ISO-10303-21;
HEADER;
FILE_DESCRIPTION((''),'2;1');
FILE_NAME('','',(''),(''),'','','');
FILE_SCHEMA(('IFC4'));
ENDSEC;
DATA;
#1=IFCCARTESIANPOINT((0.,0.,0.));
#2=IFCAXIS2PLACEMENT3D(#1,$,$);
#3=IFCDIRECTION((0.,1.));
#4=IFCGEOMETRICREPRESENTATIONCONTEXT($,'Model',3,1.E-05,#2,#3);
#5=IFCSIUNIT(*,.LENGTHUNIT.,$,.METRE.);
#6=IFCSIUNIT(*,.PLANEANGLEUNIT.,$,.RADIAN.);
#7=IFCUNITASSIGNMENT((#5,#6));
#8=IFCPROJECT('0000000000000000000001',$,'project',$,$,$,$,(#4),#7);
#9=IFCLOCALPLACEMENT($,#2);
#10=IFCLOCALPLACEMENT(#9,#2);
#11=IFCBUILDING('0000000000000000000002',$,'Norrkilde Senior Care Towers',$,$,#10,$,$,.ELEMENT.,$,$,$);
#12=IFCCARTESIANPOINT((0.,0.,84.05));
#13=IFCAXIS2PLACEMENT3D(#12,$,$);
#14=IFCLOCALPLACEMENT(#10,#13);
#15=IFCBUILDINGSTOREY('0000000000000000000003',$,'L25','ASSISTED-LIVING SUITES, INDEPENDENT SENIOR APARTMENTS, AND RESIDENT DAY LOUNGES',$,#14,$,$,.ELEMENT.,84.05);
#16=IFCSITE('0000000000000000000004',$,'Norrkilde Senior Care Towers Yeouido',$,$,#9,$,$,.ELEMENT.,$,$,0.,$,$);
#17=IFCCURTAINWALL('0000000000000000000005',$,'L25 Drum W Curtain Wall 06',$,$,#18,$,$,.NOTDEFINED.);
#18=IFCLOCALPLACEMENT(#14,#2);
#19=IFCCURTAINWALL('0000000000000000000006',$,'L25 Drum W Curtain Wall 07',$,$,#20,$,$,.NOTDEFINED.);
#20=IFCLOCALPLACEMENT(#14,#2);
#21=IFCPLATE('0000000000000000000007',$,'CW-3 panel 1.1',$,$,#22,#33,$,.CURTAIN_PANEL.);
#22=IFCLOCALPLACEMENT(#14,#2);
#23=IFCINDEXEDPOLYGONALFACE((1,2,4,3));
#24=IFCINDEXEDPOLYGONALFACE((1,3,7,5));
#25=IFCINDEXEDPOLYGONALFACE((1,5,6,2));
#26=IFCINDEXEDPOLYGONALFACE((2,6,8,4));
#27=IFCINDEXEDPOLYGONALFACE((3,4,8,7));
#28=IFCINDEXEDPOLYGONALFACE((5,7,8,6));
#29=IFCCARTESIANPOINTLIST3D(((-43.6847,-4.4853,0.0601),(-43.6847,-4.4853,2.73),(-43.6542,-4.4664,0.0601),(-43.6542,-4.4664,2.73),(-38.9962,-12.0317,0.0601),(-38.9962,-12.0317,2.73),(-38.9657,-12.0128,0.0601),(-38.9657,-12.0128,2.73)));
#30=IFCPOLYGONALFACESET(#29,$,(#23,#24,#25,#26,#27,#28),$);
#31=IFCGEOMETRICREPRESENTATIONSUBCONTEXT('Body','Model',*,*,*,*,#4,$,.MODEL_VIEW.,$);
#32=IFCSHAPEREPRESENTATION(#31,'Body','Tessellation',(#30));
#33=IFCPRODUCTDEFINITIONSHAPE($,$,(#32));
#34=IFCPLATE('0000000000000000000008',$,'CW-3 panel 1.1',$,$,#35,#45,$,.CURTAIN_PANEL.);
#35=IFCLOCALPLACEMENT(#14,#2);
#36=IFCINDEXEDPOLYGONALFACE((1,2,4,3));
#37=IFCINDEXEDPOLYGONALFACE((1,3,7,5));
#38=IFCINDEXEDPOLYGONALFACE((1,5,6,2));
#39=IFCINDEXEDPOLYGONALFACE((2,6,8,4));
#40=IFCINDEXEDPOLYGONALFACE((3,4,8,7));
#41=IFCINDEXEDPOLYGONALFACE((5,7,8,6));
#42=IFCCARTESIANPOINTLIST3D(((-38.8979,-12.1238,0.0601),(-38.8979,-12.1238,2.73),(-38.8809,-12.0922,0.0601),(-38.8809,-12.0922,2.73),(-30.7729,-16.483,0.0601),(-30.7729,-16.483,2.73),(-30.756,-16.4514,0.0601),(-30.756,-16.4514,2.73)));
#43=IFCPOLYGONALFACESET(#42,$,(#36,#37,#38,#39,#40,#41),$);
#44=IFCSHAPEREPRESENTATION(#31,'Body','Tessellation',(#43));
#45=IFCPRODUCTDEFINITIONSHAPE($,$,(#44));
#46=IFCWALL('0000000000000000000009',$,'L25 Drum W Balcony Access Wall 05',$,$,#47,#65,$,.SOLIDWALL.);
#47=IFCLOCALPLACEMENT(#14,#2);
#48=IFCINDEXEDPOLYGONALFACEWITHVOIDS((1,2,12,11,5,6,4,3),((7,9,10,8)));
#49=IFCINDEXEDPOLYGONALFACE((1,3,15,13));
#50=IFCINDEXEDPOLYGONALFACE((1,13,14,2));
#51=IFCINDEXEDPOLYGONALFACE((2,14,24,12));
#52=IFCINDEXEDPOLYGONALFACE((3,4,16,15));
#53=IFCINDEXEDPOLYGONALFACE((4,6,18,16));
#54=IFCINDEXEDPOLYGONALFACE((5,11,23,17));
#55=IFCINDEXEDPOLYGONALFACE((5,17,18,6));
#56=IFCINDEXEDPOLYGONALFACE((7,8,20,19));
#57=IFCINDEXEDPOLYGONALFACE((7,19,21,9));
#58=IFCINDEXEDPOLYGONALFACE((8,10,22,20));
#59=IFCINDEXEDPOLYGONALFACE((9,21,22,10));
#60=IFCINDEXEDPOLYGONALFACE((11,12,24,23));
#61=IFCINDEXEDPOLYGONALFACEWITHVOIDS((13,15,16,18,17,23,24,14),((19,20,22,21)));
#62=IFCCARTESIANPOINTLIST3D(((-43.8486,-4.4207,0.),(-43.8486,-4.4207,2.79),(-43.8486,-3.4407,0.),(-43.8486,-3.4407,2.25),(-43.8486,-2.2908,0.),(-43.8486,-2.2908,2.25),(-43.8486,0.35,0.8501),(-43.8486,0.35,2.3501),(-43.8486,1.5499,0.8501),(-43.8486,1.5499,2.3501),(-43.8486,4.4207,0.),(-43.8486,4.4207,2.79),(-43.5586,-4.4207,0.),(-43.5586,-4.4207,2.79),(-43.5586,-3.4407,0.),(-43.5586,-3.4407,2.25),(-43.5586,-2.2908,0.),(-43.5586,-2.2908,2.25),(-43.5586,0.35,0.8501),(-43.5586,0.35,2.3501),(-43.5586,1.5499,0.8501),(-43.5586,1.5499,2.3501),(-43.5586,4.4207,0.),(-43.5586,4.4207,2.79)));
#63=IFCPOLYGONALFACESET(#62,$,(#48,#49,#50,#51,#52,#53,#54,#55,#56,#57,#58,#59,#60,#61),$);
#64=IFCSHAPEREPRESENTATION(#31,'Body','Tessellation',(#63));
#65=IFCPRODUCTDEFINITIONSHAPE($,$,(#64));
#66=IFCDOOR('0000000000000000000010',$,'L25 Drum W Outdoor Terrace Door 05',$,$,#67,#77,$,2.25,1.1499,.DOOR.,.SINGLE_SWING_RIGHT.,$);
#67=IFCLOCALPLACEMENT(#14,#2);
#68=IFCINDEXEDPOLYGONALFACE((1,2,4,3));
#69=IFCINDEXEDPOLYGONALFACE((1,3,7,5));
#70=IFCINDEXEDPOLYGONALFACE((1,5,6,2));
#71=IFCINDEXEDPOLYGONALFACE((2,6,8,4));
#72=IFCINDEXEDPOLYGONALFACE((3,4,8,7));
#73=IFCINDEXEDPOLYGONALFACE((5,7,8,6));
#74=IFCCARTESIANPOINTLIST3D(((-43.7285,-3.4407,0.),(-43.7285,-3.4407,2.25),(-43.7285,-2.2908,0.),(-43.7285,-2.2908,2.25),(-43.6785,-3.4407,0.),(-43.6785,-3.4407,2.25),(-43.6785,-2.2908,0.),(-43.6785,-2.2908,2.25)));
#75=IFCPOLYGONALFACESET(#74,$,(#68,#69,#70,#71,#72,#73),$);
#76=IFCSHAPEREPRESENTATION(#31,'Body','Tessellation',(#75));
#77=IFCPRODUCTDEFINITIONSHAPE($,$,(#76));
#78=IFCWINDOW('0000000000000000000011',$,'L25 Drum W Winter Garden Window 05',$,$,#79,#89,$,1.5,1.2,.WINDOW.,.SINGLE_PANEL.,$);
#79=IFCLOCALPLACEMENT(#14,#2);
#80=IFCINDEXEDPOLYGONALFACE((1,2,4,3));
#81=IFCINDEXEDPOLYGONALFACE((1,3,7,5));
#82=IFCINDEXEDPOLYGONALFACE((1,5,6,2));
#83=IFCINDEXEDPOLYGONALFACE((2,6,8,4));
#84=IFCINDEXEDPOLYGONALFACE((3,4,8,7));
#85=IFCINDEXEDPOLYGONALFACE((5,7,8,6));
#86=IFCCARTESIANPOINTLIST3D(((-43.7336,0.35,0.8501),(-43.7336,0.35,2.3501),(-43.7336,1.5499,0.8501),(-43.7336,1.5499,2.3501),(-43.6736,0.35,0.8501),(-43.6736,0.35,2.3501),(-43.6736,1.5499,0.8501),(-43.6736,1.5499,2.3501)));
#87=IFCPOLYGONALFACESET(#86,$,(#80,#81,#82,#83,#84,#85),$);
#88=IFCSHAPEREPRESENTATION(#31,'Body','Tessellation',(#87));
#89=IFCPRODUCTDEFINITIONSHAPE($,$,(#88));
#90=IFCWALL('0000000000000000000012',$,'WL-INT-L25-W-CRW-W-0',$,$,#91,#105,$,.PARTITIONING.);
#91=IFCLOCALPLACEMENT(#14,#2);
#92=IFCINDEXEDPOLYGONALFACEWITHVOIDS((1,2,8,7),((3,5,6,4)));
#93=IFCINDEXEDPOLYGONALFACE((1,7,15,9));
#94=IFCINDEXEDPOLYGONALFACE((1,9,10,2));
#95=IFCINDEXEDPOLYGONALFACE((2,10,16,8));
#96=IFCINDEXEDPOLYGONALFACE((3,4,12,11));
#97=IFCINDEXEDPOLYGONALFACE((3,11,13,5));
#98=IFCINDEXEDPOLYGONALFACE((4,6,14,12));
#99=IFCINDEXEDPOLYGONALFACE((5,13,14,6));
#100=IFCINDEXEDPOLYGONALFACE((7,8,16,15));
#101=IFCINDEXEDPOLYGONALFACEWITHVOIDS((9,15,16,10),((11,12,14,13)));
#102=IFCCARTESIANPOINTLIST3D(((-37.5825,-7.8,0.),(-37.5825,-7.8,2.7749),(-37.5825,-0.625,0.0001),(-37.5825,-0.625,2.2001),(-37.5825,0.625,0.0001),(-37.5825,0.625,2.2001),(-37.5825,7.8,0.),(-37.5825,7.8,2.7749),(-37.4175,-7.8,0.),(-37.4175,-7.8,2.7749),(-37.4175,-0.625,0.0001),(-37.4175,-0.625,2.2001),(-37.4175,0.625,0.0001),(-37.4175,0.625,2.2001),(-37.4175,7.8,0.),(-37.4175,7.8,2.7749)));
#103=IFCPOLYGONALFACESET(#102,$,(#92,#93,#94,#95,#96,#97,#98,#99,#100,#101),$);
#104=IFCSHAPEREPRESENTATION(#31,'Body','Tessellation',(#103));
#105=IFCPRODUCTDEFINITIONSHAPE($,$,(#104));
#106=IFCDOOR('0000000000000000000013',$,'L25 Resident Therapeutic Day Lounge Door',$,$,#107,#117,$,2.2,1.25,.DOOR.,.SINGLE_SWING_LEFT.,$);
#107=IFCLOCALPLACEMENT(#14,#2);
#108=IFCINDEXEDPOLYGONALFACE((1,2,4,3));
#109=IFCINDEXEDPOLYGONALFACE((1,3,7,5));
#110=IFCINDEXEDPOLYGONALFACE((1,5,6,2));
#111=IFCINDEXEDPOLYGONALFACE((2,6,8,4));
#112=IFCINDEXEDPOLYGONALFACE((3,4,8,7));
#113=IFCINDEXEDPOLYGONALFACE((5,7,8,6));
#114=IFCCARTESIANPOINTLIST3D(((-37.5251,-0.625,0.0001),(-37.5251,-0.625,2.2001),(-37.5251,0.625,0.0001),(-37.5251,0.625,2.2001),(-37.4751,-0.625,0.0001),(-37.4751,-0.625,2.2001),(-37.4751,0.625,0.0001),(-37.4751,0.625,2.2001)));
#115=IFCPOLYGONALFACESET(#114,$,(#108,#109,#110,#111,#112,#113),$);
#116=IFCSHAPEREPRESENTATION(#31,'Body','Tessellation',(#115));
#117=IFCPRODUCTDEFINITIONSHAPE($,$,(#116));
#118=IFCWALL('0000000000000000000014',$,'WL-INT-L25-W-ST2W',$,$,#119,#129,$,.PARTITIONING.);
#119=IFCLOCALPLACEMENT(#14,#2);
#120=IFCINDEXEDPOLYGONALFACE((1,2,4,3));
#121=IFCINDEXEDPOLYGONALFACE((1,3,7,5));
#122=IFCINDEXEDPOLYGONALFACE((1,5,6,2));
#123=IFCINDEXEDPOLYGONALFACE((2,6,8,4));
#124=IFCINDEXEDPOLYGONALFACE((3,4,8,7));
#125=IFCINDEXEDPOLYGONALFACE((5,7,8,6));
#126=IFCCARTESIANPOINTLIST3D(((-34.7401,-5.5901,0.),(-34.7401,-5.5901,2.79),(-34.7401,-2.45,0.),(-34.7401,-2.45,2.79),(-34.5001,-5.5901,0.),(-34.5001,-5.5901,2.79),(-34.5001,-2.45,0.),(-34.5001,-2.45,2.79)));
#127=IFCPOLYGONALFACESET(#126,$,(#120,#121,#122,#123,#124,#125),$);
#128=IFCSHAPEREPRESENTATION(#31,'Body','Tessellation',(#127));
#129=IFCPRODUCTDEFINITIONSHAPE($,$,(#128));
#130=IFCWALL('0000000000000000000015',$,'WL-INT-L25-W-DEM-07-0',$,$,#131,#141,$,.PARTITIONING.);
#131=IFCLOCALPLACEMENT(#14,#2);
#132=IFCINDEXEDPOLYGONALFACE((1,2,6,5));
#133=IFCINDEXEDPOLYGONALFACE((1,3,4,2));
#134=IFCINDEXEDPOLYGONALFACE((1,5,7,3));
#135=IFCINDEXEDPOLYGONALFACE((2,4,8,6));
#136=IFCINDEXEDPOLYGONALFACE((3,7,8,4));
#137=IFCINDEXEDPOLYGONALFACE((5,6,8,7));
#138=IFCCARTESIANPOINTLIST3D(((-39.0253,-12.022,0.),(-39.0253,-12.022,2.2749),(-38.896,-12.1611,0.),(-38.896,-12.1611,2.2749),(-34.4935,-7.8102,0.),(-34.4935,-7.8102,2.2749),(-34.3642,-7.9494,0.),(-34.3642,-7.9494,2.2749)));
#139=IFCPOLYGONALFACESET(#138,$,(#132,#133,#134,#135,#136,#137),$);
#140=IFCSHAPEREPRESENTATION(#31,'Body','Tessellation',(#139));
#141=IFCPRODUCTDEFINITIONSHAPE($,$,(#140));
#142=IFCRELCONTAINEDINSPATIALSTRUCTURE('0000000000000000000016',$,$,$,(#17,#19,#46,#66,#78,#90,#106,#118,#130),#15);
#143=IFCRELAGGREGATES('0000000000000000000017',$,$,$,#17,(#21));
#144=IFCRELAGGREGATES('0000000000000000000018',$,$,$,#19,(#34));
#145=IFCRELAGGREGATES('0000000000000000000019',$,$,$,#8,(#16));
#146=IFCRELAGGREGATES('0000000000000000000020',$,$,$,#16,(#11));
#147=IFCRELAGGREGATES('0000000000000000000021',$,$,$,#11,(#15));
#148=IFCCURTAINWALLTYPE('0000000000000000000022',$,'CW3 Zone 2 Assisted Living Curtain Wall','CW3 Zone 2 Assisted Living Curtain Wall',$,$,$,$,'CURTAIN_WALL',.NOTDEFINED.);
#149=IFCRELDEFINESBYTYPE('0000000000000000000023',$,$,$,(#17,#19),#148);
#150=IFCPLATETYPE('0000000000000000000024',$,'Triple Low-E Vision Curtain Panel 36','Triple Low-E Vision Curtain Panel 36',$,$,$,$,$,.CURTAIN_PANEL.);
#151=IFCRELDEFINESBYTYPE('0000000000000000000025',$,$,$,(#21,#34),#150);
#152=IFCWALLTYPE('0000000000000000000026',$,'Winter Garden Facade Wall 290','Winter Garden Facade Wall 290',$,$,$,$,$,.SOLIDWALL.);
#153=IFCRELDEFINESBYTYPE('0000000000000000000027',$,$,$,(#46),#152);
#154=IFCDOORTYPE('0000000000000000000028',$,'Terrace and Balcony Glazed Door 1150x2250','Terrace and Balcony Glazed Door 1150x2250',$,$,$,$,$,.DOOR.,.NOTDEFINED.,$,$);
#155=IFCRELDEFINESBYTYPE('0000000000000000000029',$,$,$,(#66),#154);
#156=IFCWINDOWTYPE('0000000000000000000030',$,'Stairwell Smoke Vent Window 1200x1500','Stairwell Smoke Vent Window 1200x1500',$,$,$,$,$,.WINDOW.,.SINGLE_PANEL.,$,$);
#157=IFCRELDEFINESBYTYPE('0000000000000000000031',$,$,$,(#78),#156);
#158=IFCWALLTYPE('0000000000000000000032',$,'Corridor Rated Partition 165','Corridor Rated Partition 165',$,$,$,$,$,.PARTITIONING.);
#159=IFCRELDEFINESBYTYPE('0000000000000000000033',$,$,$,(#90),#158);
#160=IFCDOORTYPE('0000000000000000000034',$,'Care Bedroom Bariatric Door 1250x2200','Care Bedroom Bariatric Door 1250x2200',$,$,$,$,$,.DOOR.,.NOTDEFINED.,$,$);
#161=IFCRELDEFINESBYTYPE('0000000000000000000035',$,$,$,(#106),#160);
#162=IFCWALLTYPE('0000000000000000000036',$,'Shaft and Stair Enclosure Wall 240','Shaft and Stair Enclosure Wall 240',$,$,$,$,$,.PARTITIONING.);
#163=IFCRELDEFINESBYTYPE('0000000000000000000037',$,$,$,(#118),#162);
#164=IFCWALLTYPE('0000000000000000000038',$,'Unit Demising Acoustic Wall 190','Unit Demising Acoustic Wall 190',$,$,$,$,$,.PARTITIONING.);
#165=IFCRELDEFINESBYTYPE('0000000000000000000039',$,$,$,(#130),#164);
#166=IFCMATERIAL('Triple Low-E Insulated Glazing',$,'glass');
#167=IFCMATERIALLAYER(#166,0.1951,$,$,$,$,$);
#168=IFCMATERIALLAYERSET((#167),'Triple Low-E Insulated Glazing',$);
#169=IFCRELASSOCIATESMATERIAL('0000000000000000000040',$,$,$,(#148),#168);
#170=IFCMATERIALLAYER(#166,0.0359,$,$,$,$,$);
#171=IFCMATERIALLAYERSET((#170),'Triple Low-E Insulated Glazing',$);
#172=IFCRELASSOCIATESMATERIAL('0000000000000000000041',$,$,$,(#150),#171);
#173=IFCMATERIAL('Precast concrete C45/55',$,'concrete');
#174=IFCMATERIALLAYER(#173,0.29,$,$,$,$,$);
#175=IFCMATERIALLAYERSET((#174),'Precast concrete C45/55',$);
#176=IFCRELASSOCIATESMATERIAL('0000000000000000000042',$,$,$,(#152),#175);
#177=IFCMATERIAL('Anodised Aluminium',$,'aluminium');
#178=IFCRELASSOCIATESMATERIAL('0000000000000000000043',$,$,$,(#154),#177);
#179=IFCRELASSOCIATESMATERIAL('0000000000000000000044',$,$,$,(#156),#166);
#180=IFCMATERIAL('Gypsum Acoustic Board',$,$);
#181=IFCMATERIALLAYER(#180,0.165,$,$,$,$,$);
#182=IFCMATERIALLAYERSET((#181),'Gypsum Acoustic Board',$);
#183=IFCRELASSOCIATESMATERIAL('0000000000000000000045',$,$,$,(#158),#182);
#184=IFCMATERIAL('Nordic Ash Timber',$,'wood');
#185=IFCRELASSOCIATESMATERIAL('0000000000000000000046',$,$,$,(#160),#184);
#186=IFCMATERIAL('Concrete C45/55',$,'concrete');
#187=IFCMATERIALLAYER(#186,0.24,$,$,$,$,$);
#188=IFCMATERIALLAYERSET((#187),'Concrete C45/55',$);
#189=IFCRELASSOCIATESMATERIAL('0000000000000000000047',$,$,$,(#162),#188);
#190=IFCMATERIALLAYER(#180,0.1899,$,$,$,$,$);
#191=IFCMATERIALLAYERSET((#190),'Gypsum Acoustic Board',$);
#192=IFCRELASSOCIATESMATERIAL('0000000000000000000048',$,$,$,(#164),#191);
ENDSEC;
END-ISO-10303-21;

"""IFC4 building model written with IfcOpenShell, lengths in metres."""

from ifc_helpers import new_model, si_unit, direction, frame, frame_2d, origin, origin_2d, place, context, subcontext, project, spatial, rectangle, extrude, source, transform, mapped, material, layer, layer_set, type_object, type_shapes, element, fill, aggregate, save


model = new_model("IFC4")

# Units and contexts
model_context = context("Model", 3, precision=1e-05, world=origin(), true_north=direction((0.0, 1.0)))
body_context = subcontext(model_context, "Body", "Model", "MODEL_VIEW")
ifc_project = project(units=[si_unit("LENGTHUNIT", "METRE"), si_unit("PLANEANGLEUNIT", "RADIAN")], contexts=[model_context])

# Site, building, storey
site_placement = place(None, origin())
site = spatial("IfcSite", under=ifc_project, at=site_placement, Name="Norrkilde Senior Care Towers Yeouido", CompositionType="ELEMENT", RefElevation=0.0)
building_placement = place(site_placement, origin())
building = spatial("IfcBuilding", under=site, at=building_placement, Name="Norrkilde Senior Care Towers", CompositionType="ELEMENT")
storey_placement = place(building_placement, frame((0.0, 0.0, 84.05)))
storey = spatial("IfcBuildingStorey", under=building, at=storey_placement, Name="L25", Description="ASSISTED-LIVING SUITES, INDEPENDENT SENIOR APARTMENTS, AND RESIDENT DAY LOUNGES", CompositionType="ELEMENT", Elevation=84.05)

# Curtain wall
ifc_material_1 = material(Name="Triple Low-E Insulated Glazing", Category="glass")
ifc_layer_1 = layer(ifc_material_1, 0.1951)
ifc_layer_set_1 = layer_set([ifc_layer_1], Name="Triple Low-E Insulated Glazing")
curtain_wall_type = type_object("IfcCurtainWallType", Name="CW3 Zone 2 Assisted Living Curtain Wall", Description="CW3 Zone 2 Assisted Living Curtain Wall", ElementType="CURTAIN_WALL", PredefinedType="NOTDEFINED", material=ifc_layer_set_1)
curtain_wall_1_placement = place(storey_placement, origin())
curtain_wall_1 = element("IfcCurtainWall", 1, at=curtain_wall_1_placement, inside=storey, type_object=curtain_wall_type, Name="L25 Drum W Curtain Wall 06", PredefinedType="NOTDEFINED")
ifc_material_2 = material(Name="Anodised Aluminium", Category="aluminium")

# Curtain wall
curtain_wall_2_placement = place(storey_placement, origin())
curtain_wall_2 = element("IfcCurtainWall", 2, at=curtain_wall_2_placement, inside=storey, type_object=curtain_wall_type, Name="L25 Drum W Curtain Wall 07", PredefinedType="NOTDEFINED")

# Plates
ifc_layer_2 = layer(ifc_material_1, 0.0359)
ifc_layer_set_2 = layer_set([ifc_layer_2], Name="Triple Low-E Insulated Glazing")
plate_type = type_object("IfcPlateType", Name="Triple Low-E Vision Curtain Panel 36", Description="Triple Low-E Vision Curtain Panel 36", PredefinedType="CURTAIN_PANEL", material=ifc_layer_set_2)
shared_shape_1 = source(origin(), body_context, "Body", "SweptSolid", [
    extrude(rectangle(XDim=8.8843, YDim=0.0359, at=origin_2d()), origin(), (0.0, 0.0, 1.0), 2.6699),
])
plate_1_placement = place(storey_placement, frame((-41.3252, -8.249, 0.0601), z_axis=(0.0, 0.0, 1.0), x_axis=(-0.527733, 0.84941, 0.0)))
plate_1 = element("IfcPlate", 3, at=plate_1_placement, type_object=plate_type, Name="CW-3 panel 1.1", PredefinedType="CURTAIN_PANEL", context=body_context, shape_type="MappedRepresentation", body=[
    mapped(shared_shape_1, transform((0.0, 0.0, 0.0), x_axis=(1.0, 0.0, 0.0), y_axis=(0.0, 1.0, 0.0), z_axis=(0.0, 0.0, 1.0), scale=1.0)),
])
aggregate(curtain_wall_1, [plate_1])
shared_shape_2 = source(origin(), body_context, "Body", "SweptSolid", [
    extrude(rectangle(XDim=9.2205, YDim=0.0359, at=origin_2d()), origin(), (0.0, 0.0, 1.0), 2.6699),
])
type_shapes(plate_type, [shared_shape_1, shared_shape_2])
plate_2_placement = place(storey_placement, frame((-34.8269, -14.2876, 0.0601), z_axis=(0.0, 0.0, 1.0), x_axis=(-0.881186, 0.472769, 0.0)))
plate_2 = element("IfcPlate", 4, at=plate_2_placement, type_object=plate_type, Name="CW-3 panel 1.1", PredefinedType="CURTAIN_PANEL", context=body_context, shape_type="MappedRepresentation", body=[
    mapped(shared_shape_2, transform((0.0, 0.0, 0.0), x_axis=(1.0, 0.0, 0.0), y_axis=(0.0, 1.0, 0.0), z_axis=(0.0, 0.0, 1.0), scale=1.0)),
])
aggregate(curtain_wall_2, [plate_2])

# Wall, openings, door, window
ifc_material_3 = material(Name="Precast concrete C45/55", Category="concrete")
ifc_layer_3 = layer(ifc_material_3, 0.29)
ifc_layer_set_3 = layer_set([ifc_layer_3], Name="Precast concrete C45/55")
wall_type_1 = type_object("IfcWallType", Name="Winter Garden Facade Wall 290", Description="Winter Garden Facade Wall 290", PredefinedType="SOLIDWALL", material=ifc_layer_set_3)
shared_shape_3 = source(origin(), body_context, "Body", "SweptSolid", [
    extrude(rectangle(XDim=8.8413, YDim=0.29, at=frame_2d((4.4207, 0.0))), origin(), (0.0, 0.0, 1.0), 2.79),
])
type_shapes(wall_type_1, [shared_shape_3])
wall_1_placement = place(storey_placement, frame((-43.7036, -4.4207, 0.0), z_axis=(0.0, 0.0, 1.0), x_axis=(0.0, 1.0, 0.0)))
wall_1 = element("IfcWall", 5, at=wall_1_placement, inside=storey, type_object=wall_type_1, Name="L25 Drum W Balcony Access Wall 05", PredefinedType="SOLIDWALL", context=body_context, shape_type="MappedRepresentation", body=[
    mapped(shared_shape_3, transform((0.0, 0.0, 0.0), x_axis=(1.0, 0.0, 0.0), y_axis=(0.0, 1.0, 0.0), z_axis=(0.0, 0.0, 1.0), scale=1.0)),
])
opening_1_placement = place(wall_1_placement, frame((0.98, 0.0, 0.0)))
opening_1 = element("IfcOpeningElement", 6, at=opening_1_placement, cuts=wall_1, PredefinedType="OPENING", context=body_context, shape_type="SweptSolid", body=[
    extrude(rectangle(XDim=1.1499, YDim=2.25, at=frame_2d((0.575, 1.125))), frame((0.0, 0.155, 0.0), z_axis=(0.0, -1.0, 0.0), x_axis=(1.0, 0.0, 0.0)), (0.0, 0.0, 1.0), 0.3101),
])
opening_2_placement = place(wall_1_placement, frame((4.7705, 0.0, 0.8501)))
opening_2 = element("IfcOpeningElement", 7, at=opening_2_placement, cuts=wall_1, PredefinedType="OPENING", context=body_context, shape_type="SweptSolid", body=[
    extrude(rectangle(XDim=1.2, YDim=1.5, at=frame_2d((0.6001, 0.75))), frame((0.0, 0.155, 0.0), z_axis=(0.0, -1.0, 0.0), x_axis=(1.0, 0.0, 0.0)), (0.0, 0.0, 1.0), 0.3101),
])
door_type_1 = type_object("IfcDoorType", Name="Terrace and Balcony Glazed Door 1150x2250", Description="Terrace and Balcony Glazed Door 1150x2250", OperationType="NOTDEFINED", PredefinedType="DOOR", material=ifc_material_2)
shared_shape_4 = source(origin(), body_context, "Body", "SweptSolid", [
    extrude(rectangle(XDim=1.1499, YDim=2.25, at=frame_2d((0.575, 1.125))), frame((0.0, 0.0249, 0.0), z_axis=(0.0, -1.0, 0.0), x_axis=(1.0, 0.0, 0.0)), (0.0, 0.0, 1.0), 0.05),
])
type_shapes(door_type_1, [shared_shape_4])
door_1_placement = place(opening_1_placement, origin())
door_1 = element("IfcDoor", 8, at=door_1_placement, inside=storey, type_object=door_type_1, Name="L25 Drum W Outdoor Terrace Door 05", OperationType="SINGLE_SWING_RIGHT", OverallHeight=2.25, OverallWidth=1.1499, PredefinedType="DOOR", context=body_context, shape_type="MappedRepresentation", body=[
    mapped(shared_shape_4, transform((0.0, 0.0, 0.0), x_axis=(1.0, 0.0, 0.0), y_axis=(0.0, 1.0, 0.0), z_axis=(0.0, 0.0, 1.0), scale=1.0)),
])
fill(opening_1, door_1)
window_type = type_object("IfcWindowType", Name="Stairwell Smoke Vent Window 1200x1500", Description="Stairwell Smoke Vent Window 1200x1500", PartitioningType="SINGLE_PANEL", PredefinedType="WINDOW", material=ifc_material_1)
shared_shape_5 = source(origin(), body_context, "Body", "SweptSolid", [
    extrude(rectangle(XDim=1.2, YDim=1.5, at=frame_2d((0.6001, 0.75))), frame((0.0, 0.03, 0.0), z_axis=(0.0, -1.0, 0.0), x_axis=(1.0, 0.0, 0.0)), (0.0, 0.0, 1.0), 0.0601),
])
type_shapes(window_type, [shared_shape_5])
window_placement = place(opening_2_placement, origin())
window = element("IfcWindow", 9, at=window_placement, inside=storey, type_object=window_type, Name="L25 Drum W Winter Garden Window 05", OverallHeight=1.5, OverallWidth=1.2, PartitioningType="SINGLE_PANEL", PredefinedType="WINDOW", context=body_context, shape_type="MappedRepresentation", body=[
    mapped(shared_shape_5, transform((0.0, 0.0, 0.0), x_axis=(1.0, 0.0, 0.0), y_axis=(0.0, 1.0, 0.0), z_axis=(0.0, 0.0, 1.0), scale=1.0)),
])
fill(opening_2, window)

# Wall, opening, door
ifc_material_4 = material(Name="Gypsum Acoustic Board")
ifc_layer_4 = layer(ifc_material_4, 0.165)
ifc_layer_set_4 = layer_set([ifc_layer_4], Name="Gypsum Acoustic Board")
wall_type_2 = type_object("IfcWallType", Name="Corridor Rated Partition 165", Description="Corridor Rated Partition 165", PredefinedType="PARTITIONING", material=ifc_layer_set_4)
shared_shape_6 = source(origin(), body_context, "Body", "SweptSolid", [
    extrude(rectangle(XDim=15.6001, YDim=0.165, at=frame_2d((7.8, 0.0))), origin(), (0.0, 0.0, 1.0), 2.7749),
])
type_shapes(wall_type_2, [shared_shape_6])
wall_2_placement = place(storey_placement, frame((-37.5, -7.8, 0.0), z_axis=(0.0, 0.0, 1.0), x_axis=(0.0, 1.0, 0.0)))
wall_2 = element("IfcWall", 10, at=wall_2_placement, inside=storey, type_object=wall_type_2, Name="WL-INT-L25-W-CRW-W-0", PredefinedType="PARTITIONING", context=body_context, shape_type="MappedRepresentation", body=[
    mapped(shared_shape_6, transform((0.0, 0.0, 0.0), x_axis=(1.0, 0.0, 0.0), y_axis=(0.0, 1.0, 0.0), z_axis=(0.0, 0.0, 1.0), scale=1.0)),
])
opening_3_placement = place(wall_2_placement, frame((7.175, 0.0, 0.0)))
opening_3 = element("IfcOpeningElement", 11, at=opening_3_placement, cuts=wall_2, PredefinedType="OPENING", context=body_context, shape_type="SweptSolid", body=[
    extrude(rectangle(XDim=1.25, YDim=2.2, at=frame_2d((0.625, 1.1001))), frame((0.0, 0.0925, 0.0), z_axis=(0.0, -1.0, 0.0), x_axis=(1.0, 0.0, 0.0)), (0.0, 0.0, 1.0), 0.1851),
])
ifc_material_5 = material(Name="Nordic Ash Timber", Category="wood")
door_type_2 = type_object("IfcDoorType", Name="Care Bedroom Bariatric Door 1250x2200", Description="Care Bedroom Bariatric Door 1250x2200", OperationType="NOTDEFINED", PredefinedType="DOOR", material=ifc_material_5)
shared_shape_7 = source(origin(), body_context, "Body", "SweptSolid", [
    extrude(rectangle(XDim=1.25, YDim=2.2, at=frame_2d((0.625, 1.1001))), frame((0.0, 0.0249, 0.0), z_axis=(0.0, -1.0, 0.0), x_axis=(1.0, 0.0, 0.0)), (0.0, 0.0, 1.0), 0.05),
])
type_shapes(door_type_2, [shared_shape_7])
door_2_placement = place(opening_3_placement, frame((1.25, 0.0, 0.0), z_axis=(0.0, 0.0, 1.0), x_axis=(-1.0, 0.0, 0.0)))
door_2 = element("IfcDoor", 12, at=door_2_placement, inside=storey, type_object=door_type_2, Name="L25 Resident Therapeutic Day Lounge Door", OperationType="SINGLE_SWING_LEFT", OverallHeight=2.2, OverallWidth=1.25, PredefinedType="DOOR", context=body_context, shape_type="MappedRepresentation", body=[
    mapped(shared_shape_7, transform((0.0, 0.0, 0.0), x_axis=(1.0, 0.0, 0.0), y_axis=(0.0, 1.0, 0.0), z_axis=(0.0, 0.0, 1.0), scale=1.0)),
])
fill(opening_3, door_2)

# Walls
ifc_material_6 = material(Name="Concrete C45/55", Category="concrete")
ifc_layer_5 = layer(ifc_material_6, 0.24)
ifc_layer_set_5 = layer_set([ifc_layer_5], Name="Concrete C45/55")
wall_type_3 = type_object("IfcWallType", Name="Shaft and Stair Enclosure Wall 240", Description="Shaft and Stair Enclosure Wall 240", PredefinedType="PARTITIONING", material=ifc_layer_set_5)
shared_shape_8 = source(origin(), body_context, "Body", "SweptSolid", [
    extrude(rectangle(XDim=3.1401, YDim=0.24, at=frame_2d((1.5701, 0.0))), origin(), (0.0, 0.0, 1.0), 2.79),
])
type_shapes(wall_type_3, [shared_shape_8])
wall_3_placement = place(storey_placement, frame((-34.6201, -5.5901, 0.0), z_axis=(0.0, 0.0, 1.0), x_axis=(0.0, 1.0, 0.0)))
element("IfcWall", 13, at=wall_3_placement, inside=storey, type_object=wall_type_3, Name="WL-INT-L25-W-ST2W", PredefinedType="PARTITIONING", context=body_context, shape_type="MappedRepresentation", body=[
    mapped(shared_shape_8, transform((0.0, 0.0, 0.0), x_axis=(1.0, 0.0, 0.0), y_axis=(0.0, 1.0, 0.0), z_axis=(0.0, 0.0, 1.0), scale=1.0)),
])
ifc_layer_6 = layer(ifc_material_4, 0.1899)
ifc_layer_set_6 = layer_set([ifc_layer_6], Name="Gypsum Acoustic Board")
wall_type_4 = type_object("IfcWallType", Name="Unit Demising Acoustic Wall 190", Description="Unit Demising Acoustic Wall 190", PredefinedType="PARTITIONING", material=ifc_layer_set_6)
shared_shape_9 = source(origin(), body_context, "Body", "SweptSolid", [
    extrude(rectangle(XDim=6.1868, YDim=0.1899, at=frame_2d((3.0933, 0.0))), origin(), (0.0, 0.0, 1.0), 2.2749),
])
type_shapes(wall_type_4, [shared_shape_9])
wall_4_placement = place(storey_placement, frame((-34.429, -7.8799, 0.0), z_axis=(0.0, 0.0, 1.0), x_axis=(-0.732501, -0.680766, 0.0)))
element("IfcWall", 14, at=wall_4_placement, inside=storey, type_object=wall_type_4, Name="WL-INT-L25-W-DEM-07-0", PredefinedType="PARTITIONING", context=body_context, shape_type="MappedRepresentation", body=[
    mapped(shared_shape_9, transform((0.0, 0.0, 0.0), x_axis=(1.0, 0.0, 0.0), y_axis=(0.0, 1.0, 0.0), z_axis=(0.0, 0.0, 1.0), scale=1.0)),
])

save(model, "model.ifc")
